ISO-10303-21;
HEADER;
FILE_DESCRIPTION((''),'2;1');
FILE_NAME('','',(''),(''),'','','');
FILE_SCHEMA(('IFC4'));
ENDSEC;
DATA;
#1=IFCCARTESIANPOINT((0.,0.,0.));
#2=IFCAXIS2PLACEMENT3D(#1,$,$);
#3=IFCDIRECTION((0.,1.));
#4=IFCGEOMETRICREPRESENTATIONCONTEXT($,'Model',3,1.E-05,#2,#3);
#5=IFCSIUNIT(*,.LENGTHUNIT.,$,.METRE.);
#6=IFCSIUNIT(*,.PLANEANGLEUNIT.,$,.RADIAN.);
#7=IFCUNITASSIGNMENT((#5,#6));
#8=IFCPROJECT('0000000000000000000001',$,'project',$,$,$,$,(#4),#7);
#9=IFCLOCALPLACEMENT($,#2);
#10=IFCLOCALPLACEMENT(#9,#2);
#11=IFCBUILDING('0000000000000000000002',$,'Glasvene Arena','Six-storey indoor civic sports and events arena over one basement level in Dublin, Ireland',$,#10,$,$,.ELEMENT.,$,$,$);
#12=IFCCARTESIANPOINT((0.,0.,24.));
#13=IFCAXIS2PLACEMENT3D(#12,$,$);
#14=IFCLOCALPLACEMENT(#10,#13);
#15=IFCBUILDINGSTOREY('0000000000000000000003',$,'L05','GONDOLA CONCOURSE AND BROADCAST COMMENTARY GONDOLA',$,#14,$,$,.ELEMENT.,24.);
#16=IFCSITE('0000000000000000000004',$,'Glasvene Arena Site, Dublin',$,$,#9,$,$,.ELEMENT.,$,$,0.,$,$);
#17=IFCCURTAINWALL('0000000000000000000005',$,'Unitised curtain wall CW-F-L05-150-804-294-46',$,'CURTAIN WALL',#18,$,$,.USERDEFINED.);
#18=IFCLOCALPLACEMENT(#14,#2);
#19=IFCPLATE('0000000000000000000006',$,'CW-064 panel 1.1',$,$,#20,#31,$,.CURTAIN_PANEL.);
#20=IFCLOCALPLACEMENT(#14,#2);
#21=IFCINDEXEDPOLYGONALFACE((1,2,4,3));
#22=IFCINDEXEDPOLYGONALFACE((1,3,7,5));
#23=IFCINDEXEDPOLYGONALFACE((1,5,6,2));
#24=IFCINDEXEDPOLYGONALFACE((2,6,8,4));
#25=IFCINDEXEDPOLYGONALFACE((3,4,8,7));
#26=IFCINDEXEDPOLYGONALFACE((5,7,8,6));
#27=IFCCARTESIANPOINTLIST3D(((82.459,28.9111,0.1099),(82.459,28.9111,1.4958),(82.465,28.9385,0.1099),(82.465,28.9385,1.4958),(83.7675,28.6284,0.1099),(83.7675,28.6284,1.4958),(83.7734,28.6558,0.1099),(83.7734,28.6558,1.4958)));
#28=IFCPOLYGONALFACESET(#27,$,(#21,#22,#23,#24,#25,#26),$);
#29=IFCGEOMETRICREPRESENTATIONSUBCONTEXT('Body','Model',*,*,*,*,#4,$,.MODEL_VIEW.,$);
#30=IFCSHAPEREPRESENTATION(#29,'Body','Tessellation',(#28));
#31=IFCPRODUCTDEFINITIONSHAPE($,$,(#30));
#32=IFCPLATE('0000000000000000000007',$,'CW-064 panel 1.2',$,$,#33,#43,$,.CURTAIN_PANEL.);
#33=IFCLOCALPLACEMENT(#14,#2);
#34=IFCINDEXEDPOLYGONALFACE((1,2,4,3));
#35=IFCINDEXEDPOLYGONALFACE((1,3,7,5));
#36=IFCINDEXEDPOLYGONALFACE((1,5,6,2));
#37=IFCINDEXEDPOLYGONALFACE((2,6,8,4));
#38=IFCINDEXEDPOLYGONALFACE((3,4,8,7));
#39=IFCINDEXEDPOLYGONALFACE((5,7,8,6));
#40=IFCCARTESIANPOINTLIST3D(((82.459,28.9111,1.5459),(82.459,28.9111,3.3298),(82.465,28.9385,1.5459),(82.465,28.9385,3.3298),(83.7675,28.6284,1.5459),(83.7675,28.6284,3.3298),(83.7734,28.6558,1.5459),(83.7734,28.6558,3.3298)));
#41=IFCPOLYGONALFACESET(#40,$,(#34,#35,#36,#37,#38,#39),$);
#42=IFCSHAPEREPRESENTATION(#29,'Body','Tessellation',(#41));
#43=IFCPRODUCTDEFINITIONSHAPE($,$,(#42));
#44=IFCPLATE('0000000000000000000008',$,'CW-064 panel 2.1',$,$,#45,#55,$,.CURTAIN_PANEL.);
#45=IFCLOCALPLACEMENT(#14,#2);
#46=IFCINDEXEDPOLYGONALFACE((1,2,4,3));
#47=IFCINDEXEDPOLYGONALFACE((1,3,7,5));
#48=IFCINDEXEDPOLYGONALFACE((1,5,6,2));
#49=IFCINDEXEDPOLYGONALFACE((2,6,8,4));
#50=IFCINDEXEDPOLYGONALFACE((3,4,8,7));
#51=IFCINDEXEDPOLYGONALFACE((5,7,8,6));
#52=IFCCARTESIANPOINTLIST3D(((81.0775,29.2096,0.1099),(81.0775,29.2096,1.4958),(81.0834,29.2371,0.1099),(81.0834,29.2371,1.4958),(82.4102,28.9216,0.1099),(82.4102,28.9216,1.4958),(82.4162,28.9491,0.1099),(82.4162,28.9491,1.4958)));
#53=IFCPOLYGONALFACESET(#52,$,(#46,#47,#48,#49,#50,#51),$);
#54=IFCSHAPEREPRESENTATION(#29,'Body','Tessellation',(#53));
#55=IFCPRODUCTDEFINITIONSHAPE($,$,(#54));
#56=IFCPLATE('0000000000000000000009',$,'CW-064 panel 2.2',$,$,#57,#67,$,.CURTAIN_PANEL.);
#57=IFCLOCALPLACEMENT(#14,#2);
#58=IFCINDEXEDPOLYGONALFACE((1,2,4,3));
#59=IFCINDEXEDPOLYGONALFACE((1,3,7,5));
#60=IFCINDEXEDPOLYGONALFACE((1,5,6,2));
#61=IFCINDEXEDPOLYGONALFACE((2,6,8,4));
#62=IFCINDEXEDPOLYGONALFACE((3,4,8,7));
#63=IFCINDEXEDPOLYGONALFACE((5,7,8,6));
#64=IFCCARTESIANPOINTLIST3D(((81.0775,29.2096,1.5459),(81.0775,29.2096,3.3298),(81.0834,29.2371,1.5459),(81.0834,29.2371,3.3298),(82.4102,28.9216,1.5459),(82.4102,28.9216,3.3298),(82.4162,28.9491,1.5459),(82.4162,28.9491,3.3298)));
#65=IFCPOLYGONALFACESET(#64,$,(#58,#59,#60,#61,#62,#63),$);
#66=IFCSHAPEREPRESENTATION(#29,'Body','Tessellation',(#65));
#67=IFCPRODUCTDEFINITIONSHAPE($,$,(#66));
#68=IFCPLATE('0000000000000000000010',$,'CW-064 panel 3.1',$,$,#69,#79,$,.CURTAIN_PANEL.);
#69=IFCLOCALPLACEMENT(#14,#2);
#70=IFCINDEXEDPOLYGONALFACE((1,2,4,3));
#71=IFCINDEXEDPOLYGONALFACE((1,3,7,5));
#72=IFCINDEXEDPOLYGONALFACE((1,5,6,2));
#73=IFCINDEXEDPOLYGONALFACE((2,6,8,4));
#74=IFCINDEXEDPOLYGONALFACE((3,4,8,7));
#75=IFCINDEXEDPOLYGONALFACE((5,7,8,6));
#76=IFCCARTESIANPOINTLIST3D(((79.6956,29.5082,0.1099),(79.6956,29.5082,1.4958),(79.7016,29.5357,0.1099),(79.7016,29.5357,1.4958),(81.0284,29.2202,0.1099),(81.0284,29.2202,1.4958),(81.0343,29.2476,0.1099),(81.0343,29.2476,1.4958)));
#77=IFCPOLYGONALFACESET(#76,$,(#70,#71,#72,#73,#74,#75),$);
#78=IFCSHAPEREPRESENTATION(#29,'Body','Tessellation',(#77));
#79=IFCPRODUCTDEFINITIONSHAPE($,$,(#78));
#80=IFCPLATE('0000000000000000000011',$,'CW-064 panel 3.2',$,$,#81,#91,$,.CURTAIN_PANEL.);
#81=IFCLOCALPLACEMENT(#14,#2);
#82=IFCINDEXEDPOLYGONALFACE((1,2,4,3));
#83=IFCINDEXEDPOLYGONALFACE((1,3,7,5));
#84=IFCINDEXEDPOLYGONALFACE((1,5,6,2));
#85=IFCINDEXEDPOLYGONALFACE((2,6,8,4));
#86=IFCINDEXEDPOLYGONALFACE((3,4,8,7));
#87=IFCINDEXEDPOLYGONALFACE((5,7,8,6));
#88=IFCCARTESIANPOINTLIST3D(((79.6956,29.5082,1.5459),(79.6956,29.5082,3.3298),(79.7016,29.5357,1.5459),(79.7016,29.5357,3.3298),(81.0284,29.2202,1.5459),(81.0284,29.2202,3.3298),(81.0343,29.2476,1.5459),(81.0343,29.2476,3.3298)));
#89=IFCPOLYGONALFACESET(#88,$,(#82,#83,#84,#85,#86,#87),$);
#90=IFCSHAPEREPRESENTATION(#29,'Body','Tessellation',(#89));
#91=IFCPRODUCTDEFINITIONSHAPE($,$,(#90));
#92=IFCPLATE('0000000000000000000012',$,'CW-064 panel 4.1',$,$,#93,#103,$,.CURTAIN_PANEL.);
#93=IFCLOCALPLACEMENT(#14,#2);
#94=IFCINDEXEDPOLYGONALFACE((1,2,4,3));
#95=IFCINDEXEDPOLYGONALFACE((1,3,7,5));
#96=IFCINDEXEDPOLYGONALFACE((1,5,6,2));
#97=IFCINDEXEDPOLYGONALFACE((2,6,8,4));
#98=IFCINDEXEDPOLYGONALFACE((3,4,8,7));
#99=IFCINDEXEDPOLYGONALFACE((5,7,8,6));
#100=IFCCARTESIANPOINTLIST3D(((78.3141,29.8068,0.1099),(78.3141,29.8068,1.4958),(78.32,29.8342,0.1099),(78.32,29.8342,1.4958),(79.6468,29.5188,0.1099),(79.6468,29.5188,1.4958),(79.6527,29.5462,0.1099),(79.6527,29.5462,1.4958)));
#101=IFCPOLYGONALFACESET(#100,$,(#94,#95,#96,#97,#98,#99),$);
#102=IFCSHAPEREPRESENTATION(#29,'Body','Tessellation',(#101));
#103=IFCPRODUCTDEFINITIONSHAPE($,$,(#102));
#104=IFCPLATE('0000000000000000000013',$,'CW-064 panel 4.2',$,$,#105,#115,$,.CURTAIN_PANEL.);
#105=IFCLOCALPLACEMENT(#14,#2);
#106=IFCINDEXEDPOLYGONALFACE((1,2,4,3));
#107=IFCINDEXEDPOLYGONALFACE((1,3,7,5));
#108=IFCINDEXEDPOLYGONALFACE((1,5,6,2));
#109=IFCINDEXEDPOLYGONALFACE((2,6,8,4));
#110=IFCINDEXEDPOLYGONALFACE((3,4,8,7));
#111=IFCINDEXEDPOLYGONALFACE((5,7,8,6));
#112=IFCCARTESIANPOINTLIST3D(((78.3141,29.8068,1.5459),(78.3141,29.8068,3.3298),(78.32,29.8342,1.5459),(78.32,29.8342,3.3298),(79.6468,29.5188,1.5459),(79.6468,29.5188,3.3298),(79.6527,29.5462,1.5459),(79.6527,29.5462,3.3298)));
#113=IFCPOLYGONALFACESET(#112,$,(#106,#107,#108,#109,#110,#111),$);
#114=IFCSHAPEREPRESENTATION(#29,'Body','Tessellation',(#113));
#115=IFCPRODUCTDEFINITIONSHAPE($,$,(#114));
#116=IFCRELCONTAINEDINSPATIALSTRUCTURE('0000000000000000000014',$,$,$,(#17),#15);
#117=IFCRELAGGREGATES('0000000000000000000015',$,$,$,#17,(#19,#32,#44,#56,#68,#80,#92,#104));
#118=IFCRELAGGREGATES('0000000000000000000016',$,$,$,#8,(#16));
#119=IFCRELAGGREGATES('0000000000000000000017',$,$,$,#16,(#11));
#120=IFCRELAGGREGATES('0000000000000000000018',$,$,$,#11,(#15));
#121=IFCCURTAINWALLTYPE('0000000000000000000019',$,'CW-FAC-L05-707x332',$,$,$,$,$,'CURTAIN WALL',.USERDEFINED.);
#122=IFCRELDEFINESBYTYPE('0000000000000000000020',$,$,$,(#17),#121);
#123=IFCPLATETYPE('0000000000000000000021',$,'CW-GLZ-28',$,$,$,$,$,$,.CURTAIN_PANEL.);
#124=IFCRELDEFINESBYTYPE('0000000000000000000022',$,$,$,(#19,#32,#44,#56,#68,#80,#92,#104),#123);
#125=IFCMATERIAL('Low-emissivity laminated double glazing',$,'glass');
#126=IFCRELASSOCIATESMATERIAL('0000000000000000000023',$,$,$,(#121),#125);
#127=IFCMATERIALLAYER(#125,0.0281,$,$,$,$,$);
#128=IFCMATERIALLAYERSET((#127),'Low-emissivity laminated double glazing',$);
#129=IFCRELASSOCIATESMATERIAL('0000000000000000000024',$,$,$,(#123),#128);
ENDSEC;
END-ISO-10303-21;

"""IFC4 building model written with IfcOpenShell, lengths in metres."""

from ifc_helpers import new_model, si_unit, direction, frame, origin, origin_2d, place, context, subcontext, project, spatial, rectangle, extrude, material, layer, layer_set, type_object, element, aggregate, save


model = new_model("IFC4")

# Units and contexts
model_context = context("Model", 3, precision=1e-05, world=origin(), true_north=direction((0.0, 1.0)))
body_context = subcontext(model_context, "Body", "Model", "MODEL_VIEW")
ifc_project = project(units=[si_unit("LENGTHUNIT", "METRE"), si_unit("PLANEANGLEUNIT", "RADIAN")], contexts=[model_context])

# Site, building, storey
site_placement = place(None, origin())
site = spatial("IfcSite", under=ifc_project, at=site_placement, Name="Glasvene Arena Site, Dublin", CompositionType="ELEMENT", RefElevation=0.0)
building_placement = place(site_placement, origin())
building = spatial("IfcBuilding", under=site, at=building_placement, Name="Glasvene Arena", Description="Six-storey indoor civic sports and events arena over one basement level in Dublin, Ireland", CompositionType="ELEMENT")
storey_placement = place(building_placement, frame((0.0, 0.0, 24.0)))
storey = spatial("IfcBuildingStorey", under=building, at=storey_placement, Name="L05", Description="GONDOLA CONCOURSE AND BROADCAST COMMENTARY GONDOLA", CompositionType="ELEMENT", Elevation=24.0)

# Curtain wall, plates
ifc_material_1 = material(Name="Low-emissivity laminated double glazing", Category="glass")
curtain_wall_type = type_object("IfcCurtainWallType", Name="CW-FAC-L05-707x332", ElementType="CURTAIN WALL", PredefinedType="USERDEFINED", material=ifc_material_1)
curtain_wall_placement = place(storey_placement, frame((83.8193, 28.6316, 0.0)))
curtain_wall = element("IfcCurtainWall", 1, at=curtain_wall_placement, inside=storey, type_object=curtain_wall_type, Name="Unitised curtain wall CW-F-L05-150-804-294-46", ObjectType="CURTAIN WALL", PredefinedType="USERDEFINED")
ifc_layer = layer(ifc_material_1, 0.0281)
ifc_layer_set = layer_set([ifc_layer], Name="Low-emissivity laminated double glazing")
plate_type = type_object("IfcPlateType", Name="CW-GLZ-28", PredefinedType="CURTAIN_PANEL", material=ifc_layer_set)
plate_1_placement = place(storey_placement, frame((83.1162, 28.7834, 0.1099), z_axis=(0.0, 0.0, 1.0), x_axis=(-0.977438, 0.211221, 0.0)))
plate_1 = element("IfcPlate", 2, at=plate_1_placement, type_object=plate_type, Name="CW-064 panel 1.1", PredefinedType="CURTAIN_PANEL", context=body_context, shape_type="SweptSolid", body=[
    extrude(rectangle(XDim=1.3386, YDim=0.0281, at=origin_2d()), origin(), (0.0, 0.0, 1.0), 1.386),
])
plate_2_placement = place(storey_placement, frame((83.1162, 28.7834, 1.5459), z_axis=(0.0, 0.0, 1.0), x_axis=(-0.977438, 0.211221, 0.0)))
plate_2 = element("IfcPlate", 3, at=plate_2_placement, type_object=plate_type, Name="CW-064 panel 1.2", PredefinedType="CURTAIN_PANEL", context=body_context, shape_type="SweptSolid", body=[
    extrude(rectangle(XDim=1.3386, YDim=0.0281, at=origin_2d()), origin(), (0.0, 0.0, 1.0), 1.7839),
])
plate_3_placement = place(storey_placement, frame((81.7468, 29.0793, 0.1099), z_axis=(0.0, 0.0, 1.0), x_axis=(-0.977438, 0.211221, 0.0)))
plate_3 = element("IfcPlate", 4, at=plate_3_placement, type_object=plate_type, Name="CW-064 panel 2.1", PredefinedType="CURTAIN_PANEL", context=body_context, shape_type="SweptSolid", body=[
    extrude(rectangle(XDim=1.3635, YDim=0.0281, at=origin_2d()), origin(), (0.0, 0.0, 1.0), 1.386),
])
plate_4_placement = place(storey_placement, frame((81.7468, 29.0793, 1.5459), z_axis=(0.0, 0.0, 1.0), x_axis=(-0.977438, 0.211221, 0.0)))
plate_4 = element("IfcPlate", 5, at=plate_4_placement, type_object=plate_type, Name="CW-064 panel 2.2", PredefinedType="CURTAIN_PANEL", context=body_context, shape_type="SweptSolid", body=[
    extrude(rectangle(XDim=1.3635, YDim=0.0281, at=origin_2d()), origin(), (0.0, 0.0, 1.0), 1.7839),
])
plate_5_placement = place(storey_placement, frame((80.365, 29.3779, 0.1099), z_axis=(0.0, 0.0, 1.0), x_axis=(-0.977438, 0.211221, 0.0)))
plate_5 = element("IfcPlate", 6, at=plate_5_placement, type_object=plate_type, Name="CW-064 panel 3.1", PredefinedType="CURTAIN_PANEL", context=body_context, shape_type="SweptSolid", body=[
    extrude(rectangle(XDim=1.3635, YDim=0.0281, at=origin_2d()), origin(), (0.0, 0.0, 1.0), 1.386),
])
plate_6_placement = place(storey_placement, frame((80.365, 29.3779, 1.5459), z_axis=(0.0, 0.0, 1.0), x_axis=(-0.977438, 0.211221, 0.0)))
plate_6 = element("IfcPlate", 7, at=plate_6_placement, type_object=plate_type, Name="CW-064 panel 3.2", PredefinedType="CURTAIN_PANEL", context=body_context, shape_type="SweptSolid", body=[
    extrude(rectangle(XDim=1.3635, YDim=0.0281, at=origin_2d()), origin(), (0.0, 0.0, 1.0), 1.7839),
])
plate_7_placement = place(storey_placement, frame((78.9834, 29.6765, 0.1099), z_axis=(0.0, 0.0, 1.0), x_axis=(-0.977438, 0.211221, 0.0)))
plate_7 = element("IfcPlate", 8, at=plate_7_placement, type_object=plate_type, Name="CW-064 panel 4.1", PredefinedType="CURTAIN_PANEL", context=body_context, shape_type="SweptSolid", body=[
    extrude(rectangle(XDim=1.3635, YDim=0.0281, at=origin_2d()), origin(), (0.0, 0.0, 1.0), 1.386),
])
plate_8_placement = place(storey_placement, frame((78.9834, 29.6765, 1.5459), z_axis=(0.0, 0.0, 1.0), x_axis=(-0.977438, 0.211221, 0.0)))
plate_8 = element("IfcPlate", 9, at=plate_8_placement, type_object=plate_type, Name="CW-064 panel 4.2", PredefinedType="CURTAIN_PANEL", context=body_context, shape_type="SweptSolid", body=[
    extrude(rectangle(XDim=1.3635, YDim=0.0281, at=origin_2d()), origin(), (0.0, 0.0, 1.0), 1.7839),
])
aggregate(curtain_wall, [plate_1, plate_2, plate_3, plate_4, plate_5, plate_6, plate_7, plate_8])

save(model, "model.ifc")
